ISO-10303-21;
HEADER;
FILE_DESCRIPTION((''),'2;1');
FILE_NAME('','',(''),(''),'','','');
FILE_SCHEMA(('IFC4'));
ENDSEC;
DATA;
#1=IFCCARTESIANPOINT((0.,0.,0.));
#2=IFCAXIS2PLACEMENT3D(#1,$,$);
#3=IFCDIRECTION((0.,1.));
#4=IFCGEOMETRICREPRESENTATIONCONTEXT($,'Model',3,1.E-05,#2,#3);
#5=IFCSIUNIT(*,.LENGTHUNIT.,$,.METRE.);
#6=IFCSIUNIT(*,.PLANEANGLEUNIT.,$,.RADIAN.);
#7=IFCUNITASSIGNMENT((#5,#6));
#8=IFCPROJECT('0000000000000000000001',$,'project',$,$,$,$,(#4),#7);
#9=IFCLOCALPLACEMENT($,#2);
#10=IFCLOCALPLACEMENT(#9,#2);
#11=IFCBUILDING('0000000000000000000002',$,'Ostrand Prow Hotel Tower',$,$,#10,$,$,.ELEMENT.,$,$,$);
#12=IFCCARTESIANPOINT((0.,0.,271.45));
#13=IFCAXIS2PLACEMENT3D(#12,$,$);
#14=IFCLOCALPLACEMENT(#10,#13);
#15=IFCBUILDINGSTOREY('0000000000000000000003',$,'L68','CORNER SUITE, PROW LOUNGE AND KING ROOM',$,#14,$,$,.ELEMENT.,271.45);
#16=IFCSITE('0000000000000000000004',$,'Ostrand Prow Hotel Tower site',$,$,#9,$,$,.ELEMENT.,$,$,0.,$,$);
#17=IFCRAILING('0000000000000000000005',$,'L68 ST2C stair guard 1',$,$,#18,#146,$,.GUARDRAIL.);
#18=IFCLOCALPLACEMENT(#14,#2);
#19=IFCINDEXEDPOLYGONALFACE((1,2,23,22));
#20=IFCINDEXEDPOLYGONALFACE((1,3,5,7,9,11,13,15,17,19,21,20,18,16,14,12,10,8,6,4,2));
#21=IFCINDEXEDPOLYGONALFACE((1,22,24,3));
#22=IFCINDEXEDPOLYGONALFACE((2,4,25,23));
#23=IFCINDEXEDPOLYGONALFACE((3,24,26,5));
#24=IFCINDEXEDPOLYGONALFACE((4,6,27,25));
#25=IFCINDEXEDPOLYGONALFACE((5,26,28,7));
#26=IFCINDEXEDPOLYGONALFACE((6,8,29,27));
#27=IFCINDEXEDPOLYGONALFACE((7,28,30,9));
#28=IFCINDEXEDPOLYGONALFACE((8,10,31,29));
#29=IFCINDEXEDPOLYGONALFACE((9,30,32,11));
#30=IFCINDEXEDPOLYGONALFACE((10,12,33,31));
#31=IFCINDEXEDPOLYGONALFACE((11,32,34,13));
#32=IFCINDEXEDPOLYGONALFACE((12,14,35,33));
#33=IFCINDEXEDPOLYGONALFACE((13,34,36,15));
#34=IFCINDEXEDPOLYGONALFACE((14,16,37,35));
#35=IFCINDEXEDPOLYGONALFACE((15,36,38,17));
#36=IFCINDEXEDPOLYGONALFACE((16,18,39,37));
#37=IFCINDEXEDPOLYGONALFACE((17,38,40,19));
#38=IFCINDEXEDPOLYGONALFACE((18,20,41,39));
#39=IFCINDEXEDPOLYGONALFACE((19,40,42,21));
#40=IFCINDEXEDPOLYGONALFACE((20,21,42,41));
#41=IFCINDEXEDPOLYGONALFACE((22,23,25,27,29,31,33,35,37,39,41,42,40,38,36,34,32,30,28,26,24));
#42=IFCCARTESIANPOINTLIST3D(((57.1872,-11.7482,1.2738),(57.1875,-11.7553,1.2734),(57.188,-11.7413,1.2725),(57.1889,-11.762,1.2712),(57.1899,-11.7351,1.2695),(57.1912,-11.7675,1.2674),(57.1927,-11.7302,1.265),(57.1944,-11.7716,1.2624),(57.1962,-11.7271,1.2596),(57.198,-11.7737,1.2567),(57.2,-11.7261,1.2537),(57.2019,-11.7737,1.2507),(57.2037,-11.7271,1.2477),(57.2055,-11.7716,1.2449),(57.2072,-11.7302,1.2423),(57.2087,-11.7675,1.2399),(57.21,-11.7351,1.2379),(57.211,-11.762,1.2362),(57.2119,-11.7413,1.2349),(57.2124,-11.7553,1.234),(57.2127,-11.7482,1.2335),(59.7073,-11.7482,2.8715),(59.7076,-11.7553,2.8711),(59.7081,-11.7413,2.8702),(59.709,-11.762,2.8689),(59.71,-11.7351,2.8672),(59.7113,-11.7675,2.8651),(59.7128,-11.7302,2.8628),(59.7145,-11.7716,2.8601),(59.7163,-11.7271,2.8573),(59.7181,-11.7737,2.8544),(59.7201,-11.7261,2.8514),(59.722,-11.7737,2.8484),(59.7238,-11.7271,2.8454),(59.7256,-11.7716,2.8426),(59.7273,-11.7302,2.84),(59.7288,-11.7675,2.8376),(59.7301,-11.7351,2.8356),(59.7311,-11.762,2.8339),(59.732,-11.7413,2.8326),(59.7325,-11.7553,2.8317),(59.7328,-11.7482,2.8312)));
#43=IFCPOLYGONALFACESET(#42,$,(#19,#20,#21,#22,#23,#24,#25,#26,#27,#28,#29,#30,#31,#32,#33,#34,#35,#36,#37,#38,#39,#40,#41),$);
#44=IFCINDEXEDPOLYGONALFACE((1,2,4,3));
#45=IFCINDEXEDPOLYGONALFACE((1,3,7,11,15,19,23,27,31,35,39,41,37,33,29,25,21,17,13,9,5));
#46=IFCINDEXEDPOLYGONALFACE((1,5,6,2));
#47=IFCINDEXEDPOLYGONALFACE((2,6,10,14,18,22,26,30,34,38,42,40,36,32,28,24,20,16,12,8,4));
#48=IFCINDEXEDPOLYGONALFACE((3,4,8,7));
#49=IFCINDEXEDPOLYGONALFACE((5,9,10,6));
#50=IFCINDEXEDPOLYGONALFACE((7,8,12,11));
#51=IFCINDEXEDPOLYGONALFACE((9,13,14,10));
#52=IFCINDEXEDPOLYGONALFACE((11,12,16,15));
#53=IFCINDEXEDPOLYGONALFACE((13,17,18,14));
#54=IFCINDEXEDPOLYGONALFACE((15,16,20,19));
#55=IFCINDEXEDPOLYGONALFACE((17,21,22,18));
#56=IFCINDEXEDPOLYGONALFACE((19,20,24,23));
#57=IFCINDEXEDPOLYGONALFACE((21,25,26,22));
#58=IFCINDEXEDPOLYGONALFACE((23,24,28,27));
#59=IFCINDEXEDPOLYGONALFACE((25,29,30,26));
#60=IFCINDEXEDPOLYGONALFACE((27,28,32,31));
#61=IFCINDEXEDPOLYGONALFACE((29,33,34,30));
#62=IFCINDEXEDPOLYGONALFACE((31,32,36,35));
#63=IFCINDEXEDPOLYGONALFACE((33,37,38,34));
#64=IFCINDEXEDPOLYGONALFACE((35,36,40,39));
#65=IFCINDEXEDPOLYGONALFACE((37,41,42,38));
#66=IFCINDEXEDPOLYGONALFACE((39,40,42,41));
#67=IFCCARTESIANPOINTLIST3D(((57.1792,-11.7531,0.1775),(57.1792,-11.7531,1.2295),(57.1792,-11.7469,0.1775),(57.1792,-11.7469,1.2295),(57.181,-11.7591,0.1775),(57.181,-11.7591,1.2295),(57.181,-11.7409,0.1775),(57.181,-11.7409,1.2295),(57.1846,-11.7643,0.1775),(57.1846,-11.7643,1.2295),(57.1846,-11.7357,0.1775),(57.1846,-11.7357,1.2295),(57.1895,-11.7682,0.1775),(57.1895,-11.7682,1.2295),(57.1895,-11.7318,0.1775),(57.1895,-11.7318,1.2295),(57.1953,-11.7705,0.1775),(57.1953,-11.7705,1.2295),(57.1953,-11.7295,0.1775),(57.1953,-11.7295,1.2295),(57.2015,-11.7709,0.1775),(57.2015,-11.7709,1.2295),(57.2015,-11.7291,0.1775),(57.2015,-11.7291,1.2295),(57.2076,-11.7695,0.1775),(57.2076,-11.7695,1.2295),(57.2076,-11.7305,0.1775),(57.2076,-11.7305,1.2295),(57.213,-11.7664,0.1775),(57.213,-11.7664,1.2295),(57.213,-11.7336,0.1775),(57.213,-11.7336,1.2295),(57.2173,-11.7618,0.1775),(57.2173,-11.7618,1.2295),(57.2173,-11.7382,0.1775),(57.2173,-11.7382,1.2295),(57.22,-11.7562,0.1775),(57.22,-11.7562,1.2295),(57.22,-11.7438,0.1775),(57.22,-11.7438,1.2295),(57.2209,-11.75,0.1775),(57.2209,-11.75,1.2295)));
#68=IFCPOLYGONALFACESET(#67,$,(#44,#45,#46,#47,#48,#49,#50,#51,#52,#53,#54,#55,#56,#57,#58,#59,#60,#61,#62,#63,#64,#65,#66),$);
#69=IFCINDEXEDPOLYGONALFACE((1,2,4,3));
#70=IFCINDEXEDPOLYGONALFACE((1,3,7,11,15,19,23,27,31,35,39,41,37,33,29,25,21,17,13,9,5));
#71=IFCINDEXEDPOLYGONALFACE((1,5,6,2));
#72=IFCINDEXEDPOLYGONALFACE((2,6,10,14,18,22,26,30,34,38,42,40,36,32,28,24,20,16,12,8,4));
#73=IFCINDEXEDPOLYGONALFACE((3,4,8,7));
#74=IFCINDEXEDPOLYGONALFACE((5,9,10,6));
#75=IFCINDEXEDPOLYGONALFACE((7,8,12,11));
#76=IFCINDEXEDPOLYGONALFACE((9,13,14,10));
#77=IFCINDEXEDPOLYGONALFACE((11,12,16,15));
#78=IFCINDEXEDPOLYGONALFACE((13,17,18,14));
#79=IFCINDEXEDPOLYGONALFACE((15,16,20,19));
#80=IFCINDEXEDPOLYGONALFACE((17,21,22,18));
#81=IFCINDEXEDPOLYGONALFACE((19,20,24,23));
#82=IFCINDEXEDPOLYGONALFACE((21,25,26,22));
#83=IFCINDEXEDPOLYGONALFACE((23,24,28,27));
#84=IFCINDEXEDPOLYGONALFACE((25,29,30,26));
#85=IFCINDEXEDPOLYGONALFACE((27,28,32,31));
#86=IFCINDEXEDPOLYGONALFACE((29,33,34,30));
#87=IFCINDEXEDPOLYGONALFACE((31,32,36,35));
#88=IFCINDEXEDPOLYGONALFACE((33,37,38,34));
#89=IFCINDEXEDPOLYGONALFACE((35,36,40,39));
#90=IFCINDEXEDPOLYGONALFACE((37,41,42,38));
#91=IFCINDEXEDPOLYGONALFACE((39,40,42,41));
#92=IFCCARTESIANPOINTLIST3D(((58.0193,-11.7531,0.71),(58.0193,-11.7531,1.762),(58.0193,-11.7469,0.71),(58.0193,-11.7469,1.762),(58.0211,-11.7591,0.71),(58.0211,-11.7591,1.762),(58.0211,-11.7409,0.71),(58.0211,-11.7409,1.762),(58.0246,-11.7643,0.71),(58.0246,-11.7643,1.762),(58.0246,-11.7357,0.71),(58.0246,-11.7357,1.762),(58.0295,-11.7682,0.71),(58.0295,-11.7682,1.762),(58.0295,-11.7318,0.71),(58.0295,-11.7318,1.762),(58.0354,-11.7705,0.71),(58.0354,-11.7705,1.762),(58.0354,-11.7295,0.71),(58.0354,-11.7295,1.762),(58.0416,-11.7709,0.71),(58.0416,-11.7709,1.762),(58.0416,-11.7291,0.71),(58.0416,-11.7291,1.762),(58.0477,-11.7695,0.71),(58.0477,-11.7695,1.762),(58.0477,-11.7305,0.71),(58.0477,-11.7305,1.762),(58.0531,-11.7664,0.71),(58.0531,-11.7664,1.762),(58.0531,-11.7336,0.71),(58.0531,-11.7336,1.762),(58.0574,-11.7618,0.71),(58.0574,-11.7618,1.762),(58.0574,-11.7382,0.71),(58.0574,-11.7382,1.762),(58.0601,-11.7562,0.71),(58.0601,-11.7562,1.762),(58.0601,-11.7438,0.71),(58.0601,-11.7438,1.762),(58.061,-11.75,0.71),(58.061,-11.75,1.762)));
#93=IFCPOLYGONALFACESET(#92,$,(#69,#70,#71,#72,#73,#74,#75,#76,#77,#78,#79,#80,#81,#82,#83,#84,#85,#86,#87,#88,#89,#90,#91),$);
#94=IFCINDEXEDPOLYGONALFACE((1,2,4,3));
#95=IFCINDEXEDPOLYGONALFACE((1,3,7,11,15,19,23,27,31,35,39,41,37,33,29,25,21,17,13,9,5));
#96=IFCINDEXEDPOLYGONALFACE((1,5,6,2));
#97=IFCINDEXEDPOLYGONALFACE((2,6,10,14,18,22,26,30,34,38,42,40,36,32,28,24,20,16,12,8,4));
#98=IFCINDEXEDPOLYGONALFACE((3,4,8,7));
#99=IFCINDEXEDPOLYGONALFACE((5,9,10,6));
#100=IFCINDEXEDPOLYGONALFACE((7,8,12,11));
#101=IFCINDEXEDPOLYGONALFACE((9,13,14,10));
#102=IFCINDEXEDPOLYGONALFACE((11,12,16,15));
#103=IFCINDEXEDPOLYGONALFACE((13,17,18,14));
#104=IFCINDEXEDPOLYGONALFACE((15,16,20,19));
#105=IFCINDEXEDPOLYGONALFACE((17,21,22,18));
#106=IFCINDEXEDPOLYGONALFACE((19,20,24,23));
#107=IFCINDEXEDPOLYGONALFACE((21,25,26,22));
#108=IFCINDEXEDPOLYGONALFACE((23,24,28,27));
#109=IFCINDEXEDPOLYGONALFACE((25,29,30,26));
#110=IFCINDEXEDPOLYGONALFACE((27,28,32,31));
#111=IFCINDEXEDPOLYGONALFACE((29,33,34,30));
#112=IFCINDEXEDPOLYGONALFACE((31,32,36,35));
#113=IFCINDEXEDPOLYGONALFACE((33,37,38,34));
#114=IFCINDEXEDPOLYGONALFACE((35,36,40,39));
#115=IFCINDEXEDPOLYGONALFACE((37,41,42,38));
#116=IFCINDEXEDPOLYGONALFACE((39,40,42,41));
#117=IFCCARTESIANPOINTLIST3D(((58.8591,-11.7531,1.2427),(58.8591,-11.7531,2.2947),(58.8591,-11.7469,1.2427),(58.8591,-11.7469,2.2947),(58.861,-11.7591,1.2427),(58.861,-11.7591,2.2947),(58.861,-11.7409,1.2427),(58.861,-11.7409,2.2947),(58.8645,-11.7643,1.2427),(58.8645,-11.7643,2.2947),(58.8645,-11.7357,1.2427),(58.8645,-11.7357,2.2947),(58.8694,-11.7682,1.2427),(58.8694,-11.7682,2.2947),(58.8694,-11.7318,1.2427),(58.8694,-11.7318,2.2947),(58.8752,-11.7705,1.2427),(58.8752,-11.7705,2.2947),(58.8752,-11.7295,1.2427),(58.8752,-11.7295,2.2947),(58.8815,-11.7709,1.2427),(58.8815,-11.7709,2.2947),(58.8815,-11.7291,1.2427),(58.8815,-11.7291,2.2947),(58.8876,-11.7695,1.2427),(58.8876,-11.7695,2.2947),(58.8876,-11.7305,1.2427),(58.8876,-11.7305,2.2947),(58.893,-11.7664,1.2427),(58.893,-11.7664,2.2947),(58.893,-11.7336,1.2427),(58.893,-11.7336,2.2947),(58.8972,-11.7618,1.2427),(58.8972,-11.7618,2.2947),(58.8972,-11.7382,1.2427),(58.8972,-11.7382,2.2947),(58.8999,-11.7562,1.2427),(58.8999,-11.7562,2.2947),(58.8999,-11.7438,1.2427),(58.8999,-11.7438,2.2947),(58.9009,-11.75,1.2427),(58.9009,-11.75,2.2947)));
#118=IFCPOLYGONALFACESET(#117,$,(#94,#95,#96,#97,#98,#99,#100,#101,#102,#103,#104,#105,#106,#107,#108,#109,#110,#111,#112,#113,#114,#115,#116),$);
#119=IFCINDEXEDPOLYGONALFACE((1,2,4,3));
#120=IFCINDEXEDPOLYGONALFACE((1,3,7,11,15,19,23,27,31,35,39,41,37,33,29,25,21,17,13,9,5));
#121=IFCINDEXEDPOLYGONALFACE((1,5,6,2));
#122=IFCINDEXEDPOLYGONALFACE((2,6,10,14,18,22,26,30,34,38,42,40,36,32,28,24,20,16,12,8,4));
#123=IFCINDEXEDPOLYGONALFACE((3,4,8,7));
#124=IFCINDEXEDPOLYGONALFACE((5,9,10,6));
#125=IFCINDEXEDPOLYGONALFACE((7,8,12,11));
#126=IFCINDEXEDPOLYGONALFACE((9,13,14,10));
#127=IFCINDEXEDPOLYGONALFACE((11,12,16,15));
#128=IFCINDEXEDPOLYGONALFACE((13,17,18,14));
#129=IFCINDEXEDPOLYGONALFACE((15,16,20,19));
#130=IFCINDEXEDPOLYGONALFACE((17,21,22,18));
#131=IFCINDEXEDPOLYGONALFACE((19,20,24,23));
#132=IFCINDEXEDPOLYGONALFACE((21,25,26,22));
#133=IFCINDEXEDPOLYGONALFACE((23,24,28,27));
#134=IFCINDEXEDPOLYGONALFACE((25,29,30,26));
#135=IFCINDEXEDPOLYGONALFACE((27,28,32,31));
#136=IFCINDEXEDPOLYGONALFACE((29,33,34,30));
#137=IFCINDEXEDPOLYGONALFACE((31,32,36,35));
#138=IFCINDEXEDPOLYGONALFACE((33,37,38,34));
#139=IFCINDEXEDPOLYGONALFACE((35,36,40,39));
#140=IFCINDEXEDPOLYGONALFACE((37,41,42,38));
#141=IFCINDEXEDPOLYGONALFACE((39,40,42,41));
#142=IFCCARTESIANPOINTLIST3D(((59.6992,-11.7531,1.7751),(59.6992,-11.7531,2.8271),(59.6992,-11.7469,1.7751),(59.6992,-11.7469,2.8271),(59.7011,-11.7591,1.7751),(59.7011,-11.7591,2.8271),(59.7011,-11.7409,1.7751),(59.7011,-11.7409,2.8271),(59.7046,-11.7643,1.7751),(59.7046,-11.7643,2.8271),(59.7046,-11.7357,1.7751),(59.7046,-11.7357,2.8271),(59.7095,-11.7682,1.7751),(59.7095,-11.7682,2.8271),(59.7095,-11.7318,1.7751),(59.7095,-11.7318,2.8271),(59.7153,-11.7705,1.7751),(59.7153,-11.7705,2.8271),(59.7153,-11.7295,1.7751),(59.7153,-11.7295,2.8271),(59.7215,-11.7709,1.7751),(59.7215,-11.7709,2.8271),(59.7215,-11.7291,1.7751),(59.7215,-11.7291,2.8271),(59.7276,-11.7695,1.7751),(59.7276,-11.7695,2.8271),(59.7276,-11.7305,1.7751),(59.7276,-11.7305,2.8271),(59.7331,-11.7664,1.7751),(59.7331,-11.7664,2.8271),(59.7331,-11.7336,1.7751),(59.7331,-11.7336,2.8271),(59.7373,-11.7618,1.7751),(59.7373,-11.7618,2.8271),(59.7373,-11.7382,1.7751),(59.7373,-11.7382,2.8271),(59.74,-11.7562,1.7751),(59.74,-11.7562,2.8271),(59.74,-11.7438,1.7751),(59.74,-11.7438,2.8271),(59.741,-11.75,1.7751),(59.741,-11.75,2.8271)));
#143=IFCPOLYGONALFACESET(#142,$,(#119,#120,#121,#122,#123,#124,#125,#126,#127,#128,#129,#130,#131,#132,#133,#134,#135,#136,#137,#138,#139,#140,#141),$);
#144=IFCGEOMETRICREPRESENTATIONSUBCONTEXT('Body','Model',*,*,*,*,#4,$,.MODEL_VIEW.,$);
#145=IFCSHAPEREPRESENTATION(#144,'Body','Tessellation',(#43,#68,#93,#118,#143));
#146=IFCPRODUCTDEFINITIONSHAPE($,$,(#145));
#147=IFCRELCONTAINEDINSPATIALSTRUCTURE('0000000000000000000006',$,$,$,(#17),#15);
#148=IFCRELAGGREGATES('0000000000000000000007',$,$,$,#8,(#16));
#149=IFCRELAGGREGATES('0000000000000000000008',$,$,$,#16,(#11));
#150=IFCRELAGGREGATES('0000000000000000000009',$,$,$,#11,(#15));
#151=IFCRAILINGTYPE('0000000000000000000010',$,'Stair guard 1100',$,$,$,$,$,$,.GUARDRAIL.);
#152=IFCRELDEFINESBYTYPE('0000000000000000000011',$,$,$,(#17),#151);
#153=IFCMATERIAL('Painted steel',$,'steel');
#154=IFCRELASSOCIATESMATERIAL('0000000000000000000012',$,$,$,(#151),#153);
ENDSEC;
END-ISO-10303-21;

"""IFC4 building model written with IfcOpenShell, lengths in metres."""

from ifc_helpers import new_model, si_unit, direction, frame, origin, origin_2d, place, context, subcontext, project, spatial, circle, extrude, material, type_object, element, save


model = new_model("IFC4")

# Units and contexts
model_context = context("Model", 3, precision=1e-05, world=origin(), true_north=direction((0.0, 1.0)))
body_context = subcontext(model_context, "Body", "Model", "MODEL_VIEW")
ifc_project = project(units=[si_unit("LENGTHUNIT", "METRE"), si_unit("PLANEANGLEUNIT", "RADIAN")], contexts=[model_context])

# Site, building, storey
site_placement = place(None, origin())
site = spatial("IfcSite", under=ifc_project, at=site_placement, Name="Ostrand Prow Hotel Tower site", CompositionType="ELEMENT", RefElevation=0.0)
building_placement = place(site_placement, origin())
building = spatial("IfcBuilding", under=site, at=building_placement, Name="Ostrand Prow Hotel Tower", CompositionType="ELEMENT")
storey_placement = place(building_placement, frame((0.0, 0.0, 271.45)))
storey = spatial("IfcBuildingStorey", under=building, at=storey_placement, Name="L68", Description="CORNER SUITE, PROW LOUNGE AND KING ROOM", CompositionType="ELEMENT", Elevation=271.45)

# Railing
ifc_material_1 = material(Name="Painted steel", Category="steel")
railing_type_1 = type_object("IfcRailingType", Name="Stair guard 1100", PredefinedType="GUARDRAIL", material=ifc_material_1)
railing_1_placement = place(storey_placement, frame((57.2, -11.75, 0.1775)))
element("IfcRailing", 1, at=railing_1_placement, inside=storey, type_object=railing_type_1, Name="L68 ST2C stair guard 1", PredefinedType="GUARDRAIL", context=body_context, shape_type="SweptSolid", body=[
    extrude(circle(Radius=0.0239, at=origin_2d()), frame((0.0, 0.0, 1.0762), z_axis=(0.84457, 0.0, 0.535445), x_axis=(0.0, 1.0, 0.0)), (0.0, 0.0, 1.0), 2.9839),
    extrude(circle(Radius=0.021, at=origin_2d()), origin(), (0.0, 0.0, 1.0), 1.052),
    extrude(circle(Radius=0.021, at=origin_2d()), frame((0.8401, 0.0, 0.5325)), (0.0, 0.0, 1.0), 1.052),
    extrude(circle(Radius=0.021, at=origin_2d()), frame((1.6799, 0.0, 1.0652)), (0.0, 0.0, 1.0), 1.052),
    extrude(circle(Radius=0.021, at=origin_2d()), frame((2.52, 0.0, 1.5977)), (0.0, 0.0, 1.0), 1.052),
])

save(model, "model.ifc")
